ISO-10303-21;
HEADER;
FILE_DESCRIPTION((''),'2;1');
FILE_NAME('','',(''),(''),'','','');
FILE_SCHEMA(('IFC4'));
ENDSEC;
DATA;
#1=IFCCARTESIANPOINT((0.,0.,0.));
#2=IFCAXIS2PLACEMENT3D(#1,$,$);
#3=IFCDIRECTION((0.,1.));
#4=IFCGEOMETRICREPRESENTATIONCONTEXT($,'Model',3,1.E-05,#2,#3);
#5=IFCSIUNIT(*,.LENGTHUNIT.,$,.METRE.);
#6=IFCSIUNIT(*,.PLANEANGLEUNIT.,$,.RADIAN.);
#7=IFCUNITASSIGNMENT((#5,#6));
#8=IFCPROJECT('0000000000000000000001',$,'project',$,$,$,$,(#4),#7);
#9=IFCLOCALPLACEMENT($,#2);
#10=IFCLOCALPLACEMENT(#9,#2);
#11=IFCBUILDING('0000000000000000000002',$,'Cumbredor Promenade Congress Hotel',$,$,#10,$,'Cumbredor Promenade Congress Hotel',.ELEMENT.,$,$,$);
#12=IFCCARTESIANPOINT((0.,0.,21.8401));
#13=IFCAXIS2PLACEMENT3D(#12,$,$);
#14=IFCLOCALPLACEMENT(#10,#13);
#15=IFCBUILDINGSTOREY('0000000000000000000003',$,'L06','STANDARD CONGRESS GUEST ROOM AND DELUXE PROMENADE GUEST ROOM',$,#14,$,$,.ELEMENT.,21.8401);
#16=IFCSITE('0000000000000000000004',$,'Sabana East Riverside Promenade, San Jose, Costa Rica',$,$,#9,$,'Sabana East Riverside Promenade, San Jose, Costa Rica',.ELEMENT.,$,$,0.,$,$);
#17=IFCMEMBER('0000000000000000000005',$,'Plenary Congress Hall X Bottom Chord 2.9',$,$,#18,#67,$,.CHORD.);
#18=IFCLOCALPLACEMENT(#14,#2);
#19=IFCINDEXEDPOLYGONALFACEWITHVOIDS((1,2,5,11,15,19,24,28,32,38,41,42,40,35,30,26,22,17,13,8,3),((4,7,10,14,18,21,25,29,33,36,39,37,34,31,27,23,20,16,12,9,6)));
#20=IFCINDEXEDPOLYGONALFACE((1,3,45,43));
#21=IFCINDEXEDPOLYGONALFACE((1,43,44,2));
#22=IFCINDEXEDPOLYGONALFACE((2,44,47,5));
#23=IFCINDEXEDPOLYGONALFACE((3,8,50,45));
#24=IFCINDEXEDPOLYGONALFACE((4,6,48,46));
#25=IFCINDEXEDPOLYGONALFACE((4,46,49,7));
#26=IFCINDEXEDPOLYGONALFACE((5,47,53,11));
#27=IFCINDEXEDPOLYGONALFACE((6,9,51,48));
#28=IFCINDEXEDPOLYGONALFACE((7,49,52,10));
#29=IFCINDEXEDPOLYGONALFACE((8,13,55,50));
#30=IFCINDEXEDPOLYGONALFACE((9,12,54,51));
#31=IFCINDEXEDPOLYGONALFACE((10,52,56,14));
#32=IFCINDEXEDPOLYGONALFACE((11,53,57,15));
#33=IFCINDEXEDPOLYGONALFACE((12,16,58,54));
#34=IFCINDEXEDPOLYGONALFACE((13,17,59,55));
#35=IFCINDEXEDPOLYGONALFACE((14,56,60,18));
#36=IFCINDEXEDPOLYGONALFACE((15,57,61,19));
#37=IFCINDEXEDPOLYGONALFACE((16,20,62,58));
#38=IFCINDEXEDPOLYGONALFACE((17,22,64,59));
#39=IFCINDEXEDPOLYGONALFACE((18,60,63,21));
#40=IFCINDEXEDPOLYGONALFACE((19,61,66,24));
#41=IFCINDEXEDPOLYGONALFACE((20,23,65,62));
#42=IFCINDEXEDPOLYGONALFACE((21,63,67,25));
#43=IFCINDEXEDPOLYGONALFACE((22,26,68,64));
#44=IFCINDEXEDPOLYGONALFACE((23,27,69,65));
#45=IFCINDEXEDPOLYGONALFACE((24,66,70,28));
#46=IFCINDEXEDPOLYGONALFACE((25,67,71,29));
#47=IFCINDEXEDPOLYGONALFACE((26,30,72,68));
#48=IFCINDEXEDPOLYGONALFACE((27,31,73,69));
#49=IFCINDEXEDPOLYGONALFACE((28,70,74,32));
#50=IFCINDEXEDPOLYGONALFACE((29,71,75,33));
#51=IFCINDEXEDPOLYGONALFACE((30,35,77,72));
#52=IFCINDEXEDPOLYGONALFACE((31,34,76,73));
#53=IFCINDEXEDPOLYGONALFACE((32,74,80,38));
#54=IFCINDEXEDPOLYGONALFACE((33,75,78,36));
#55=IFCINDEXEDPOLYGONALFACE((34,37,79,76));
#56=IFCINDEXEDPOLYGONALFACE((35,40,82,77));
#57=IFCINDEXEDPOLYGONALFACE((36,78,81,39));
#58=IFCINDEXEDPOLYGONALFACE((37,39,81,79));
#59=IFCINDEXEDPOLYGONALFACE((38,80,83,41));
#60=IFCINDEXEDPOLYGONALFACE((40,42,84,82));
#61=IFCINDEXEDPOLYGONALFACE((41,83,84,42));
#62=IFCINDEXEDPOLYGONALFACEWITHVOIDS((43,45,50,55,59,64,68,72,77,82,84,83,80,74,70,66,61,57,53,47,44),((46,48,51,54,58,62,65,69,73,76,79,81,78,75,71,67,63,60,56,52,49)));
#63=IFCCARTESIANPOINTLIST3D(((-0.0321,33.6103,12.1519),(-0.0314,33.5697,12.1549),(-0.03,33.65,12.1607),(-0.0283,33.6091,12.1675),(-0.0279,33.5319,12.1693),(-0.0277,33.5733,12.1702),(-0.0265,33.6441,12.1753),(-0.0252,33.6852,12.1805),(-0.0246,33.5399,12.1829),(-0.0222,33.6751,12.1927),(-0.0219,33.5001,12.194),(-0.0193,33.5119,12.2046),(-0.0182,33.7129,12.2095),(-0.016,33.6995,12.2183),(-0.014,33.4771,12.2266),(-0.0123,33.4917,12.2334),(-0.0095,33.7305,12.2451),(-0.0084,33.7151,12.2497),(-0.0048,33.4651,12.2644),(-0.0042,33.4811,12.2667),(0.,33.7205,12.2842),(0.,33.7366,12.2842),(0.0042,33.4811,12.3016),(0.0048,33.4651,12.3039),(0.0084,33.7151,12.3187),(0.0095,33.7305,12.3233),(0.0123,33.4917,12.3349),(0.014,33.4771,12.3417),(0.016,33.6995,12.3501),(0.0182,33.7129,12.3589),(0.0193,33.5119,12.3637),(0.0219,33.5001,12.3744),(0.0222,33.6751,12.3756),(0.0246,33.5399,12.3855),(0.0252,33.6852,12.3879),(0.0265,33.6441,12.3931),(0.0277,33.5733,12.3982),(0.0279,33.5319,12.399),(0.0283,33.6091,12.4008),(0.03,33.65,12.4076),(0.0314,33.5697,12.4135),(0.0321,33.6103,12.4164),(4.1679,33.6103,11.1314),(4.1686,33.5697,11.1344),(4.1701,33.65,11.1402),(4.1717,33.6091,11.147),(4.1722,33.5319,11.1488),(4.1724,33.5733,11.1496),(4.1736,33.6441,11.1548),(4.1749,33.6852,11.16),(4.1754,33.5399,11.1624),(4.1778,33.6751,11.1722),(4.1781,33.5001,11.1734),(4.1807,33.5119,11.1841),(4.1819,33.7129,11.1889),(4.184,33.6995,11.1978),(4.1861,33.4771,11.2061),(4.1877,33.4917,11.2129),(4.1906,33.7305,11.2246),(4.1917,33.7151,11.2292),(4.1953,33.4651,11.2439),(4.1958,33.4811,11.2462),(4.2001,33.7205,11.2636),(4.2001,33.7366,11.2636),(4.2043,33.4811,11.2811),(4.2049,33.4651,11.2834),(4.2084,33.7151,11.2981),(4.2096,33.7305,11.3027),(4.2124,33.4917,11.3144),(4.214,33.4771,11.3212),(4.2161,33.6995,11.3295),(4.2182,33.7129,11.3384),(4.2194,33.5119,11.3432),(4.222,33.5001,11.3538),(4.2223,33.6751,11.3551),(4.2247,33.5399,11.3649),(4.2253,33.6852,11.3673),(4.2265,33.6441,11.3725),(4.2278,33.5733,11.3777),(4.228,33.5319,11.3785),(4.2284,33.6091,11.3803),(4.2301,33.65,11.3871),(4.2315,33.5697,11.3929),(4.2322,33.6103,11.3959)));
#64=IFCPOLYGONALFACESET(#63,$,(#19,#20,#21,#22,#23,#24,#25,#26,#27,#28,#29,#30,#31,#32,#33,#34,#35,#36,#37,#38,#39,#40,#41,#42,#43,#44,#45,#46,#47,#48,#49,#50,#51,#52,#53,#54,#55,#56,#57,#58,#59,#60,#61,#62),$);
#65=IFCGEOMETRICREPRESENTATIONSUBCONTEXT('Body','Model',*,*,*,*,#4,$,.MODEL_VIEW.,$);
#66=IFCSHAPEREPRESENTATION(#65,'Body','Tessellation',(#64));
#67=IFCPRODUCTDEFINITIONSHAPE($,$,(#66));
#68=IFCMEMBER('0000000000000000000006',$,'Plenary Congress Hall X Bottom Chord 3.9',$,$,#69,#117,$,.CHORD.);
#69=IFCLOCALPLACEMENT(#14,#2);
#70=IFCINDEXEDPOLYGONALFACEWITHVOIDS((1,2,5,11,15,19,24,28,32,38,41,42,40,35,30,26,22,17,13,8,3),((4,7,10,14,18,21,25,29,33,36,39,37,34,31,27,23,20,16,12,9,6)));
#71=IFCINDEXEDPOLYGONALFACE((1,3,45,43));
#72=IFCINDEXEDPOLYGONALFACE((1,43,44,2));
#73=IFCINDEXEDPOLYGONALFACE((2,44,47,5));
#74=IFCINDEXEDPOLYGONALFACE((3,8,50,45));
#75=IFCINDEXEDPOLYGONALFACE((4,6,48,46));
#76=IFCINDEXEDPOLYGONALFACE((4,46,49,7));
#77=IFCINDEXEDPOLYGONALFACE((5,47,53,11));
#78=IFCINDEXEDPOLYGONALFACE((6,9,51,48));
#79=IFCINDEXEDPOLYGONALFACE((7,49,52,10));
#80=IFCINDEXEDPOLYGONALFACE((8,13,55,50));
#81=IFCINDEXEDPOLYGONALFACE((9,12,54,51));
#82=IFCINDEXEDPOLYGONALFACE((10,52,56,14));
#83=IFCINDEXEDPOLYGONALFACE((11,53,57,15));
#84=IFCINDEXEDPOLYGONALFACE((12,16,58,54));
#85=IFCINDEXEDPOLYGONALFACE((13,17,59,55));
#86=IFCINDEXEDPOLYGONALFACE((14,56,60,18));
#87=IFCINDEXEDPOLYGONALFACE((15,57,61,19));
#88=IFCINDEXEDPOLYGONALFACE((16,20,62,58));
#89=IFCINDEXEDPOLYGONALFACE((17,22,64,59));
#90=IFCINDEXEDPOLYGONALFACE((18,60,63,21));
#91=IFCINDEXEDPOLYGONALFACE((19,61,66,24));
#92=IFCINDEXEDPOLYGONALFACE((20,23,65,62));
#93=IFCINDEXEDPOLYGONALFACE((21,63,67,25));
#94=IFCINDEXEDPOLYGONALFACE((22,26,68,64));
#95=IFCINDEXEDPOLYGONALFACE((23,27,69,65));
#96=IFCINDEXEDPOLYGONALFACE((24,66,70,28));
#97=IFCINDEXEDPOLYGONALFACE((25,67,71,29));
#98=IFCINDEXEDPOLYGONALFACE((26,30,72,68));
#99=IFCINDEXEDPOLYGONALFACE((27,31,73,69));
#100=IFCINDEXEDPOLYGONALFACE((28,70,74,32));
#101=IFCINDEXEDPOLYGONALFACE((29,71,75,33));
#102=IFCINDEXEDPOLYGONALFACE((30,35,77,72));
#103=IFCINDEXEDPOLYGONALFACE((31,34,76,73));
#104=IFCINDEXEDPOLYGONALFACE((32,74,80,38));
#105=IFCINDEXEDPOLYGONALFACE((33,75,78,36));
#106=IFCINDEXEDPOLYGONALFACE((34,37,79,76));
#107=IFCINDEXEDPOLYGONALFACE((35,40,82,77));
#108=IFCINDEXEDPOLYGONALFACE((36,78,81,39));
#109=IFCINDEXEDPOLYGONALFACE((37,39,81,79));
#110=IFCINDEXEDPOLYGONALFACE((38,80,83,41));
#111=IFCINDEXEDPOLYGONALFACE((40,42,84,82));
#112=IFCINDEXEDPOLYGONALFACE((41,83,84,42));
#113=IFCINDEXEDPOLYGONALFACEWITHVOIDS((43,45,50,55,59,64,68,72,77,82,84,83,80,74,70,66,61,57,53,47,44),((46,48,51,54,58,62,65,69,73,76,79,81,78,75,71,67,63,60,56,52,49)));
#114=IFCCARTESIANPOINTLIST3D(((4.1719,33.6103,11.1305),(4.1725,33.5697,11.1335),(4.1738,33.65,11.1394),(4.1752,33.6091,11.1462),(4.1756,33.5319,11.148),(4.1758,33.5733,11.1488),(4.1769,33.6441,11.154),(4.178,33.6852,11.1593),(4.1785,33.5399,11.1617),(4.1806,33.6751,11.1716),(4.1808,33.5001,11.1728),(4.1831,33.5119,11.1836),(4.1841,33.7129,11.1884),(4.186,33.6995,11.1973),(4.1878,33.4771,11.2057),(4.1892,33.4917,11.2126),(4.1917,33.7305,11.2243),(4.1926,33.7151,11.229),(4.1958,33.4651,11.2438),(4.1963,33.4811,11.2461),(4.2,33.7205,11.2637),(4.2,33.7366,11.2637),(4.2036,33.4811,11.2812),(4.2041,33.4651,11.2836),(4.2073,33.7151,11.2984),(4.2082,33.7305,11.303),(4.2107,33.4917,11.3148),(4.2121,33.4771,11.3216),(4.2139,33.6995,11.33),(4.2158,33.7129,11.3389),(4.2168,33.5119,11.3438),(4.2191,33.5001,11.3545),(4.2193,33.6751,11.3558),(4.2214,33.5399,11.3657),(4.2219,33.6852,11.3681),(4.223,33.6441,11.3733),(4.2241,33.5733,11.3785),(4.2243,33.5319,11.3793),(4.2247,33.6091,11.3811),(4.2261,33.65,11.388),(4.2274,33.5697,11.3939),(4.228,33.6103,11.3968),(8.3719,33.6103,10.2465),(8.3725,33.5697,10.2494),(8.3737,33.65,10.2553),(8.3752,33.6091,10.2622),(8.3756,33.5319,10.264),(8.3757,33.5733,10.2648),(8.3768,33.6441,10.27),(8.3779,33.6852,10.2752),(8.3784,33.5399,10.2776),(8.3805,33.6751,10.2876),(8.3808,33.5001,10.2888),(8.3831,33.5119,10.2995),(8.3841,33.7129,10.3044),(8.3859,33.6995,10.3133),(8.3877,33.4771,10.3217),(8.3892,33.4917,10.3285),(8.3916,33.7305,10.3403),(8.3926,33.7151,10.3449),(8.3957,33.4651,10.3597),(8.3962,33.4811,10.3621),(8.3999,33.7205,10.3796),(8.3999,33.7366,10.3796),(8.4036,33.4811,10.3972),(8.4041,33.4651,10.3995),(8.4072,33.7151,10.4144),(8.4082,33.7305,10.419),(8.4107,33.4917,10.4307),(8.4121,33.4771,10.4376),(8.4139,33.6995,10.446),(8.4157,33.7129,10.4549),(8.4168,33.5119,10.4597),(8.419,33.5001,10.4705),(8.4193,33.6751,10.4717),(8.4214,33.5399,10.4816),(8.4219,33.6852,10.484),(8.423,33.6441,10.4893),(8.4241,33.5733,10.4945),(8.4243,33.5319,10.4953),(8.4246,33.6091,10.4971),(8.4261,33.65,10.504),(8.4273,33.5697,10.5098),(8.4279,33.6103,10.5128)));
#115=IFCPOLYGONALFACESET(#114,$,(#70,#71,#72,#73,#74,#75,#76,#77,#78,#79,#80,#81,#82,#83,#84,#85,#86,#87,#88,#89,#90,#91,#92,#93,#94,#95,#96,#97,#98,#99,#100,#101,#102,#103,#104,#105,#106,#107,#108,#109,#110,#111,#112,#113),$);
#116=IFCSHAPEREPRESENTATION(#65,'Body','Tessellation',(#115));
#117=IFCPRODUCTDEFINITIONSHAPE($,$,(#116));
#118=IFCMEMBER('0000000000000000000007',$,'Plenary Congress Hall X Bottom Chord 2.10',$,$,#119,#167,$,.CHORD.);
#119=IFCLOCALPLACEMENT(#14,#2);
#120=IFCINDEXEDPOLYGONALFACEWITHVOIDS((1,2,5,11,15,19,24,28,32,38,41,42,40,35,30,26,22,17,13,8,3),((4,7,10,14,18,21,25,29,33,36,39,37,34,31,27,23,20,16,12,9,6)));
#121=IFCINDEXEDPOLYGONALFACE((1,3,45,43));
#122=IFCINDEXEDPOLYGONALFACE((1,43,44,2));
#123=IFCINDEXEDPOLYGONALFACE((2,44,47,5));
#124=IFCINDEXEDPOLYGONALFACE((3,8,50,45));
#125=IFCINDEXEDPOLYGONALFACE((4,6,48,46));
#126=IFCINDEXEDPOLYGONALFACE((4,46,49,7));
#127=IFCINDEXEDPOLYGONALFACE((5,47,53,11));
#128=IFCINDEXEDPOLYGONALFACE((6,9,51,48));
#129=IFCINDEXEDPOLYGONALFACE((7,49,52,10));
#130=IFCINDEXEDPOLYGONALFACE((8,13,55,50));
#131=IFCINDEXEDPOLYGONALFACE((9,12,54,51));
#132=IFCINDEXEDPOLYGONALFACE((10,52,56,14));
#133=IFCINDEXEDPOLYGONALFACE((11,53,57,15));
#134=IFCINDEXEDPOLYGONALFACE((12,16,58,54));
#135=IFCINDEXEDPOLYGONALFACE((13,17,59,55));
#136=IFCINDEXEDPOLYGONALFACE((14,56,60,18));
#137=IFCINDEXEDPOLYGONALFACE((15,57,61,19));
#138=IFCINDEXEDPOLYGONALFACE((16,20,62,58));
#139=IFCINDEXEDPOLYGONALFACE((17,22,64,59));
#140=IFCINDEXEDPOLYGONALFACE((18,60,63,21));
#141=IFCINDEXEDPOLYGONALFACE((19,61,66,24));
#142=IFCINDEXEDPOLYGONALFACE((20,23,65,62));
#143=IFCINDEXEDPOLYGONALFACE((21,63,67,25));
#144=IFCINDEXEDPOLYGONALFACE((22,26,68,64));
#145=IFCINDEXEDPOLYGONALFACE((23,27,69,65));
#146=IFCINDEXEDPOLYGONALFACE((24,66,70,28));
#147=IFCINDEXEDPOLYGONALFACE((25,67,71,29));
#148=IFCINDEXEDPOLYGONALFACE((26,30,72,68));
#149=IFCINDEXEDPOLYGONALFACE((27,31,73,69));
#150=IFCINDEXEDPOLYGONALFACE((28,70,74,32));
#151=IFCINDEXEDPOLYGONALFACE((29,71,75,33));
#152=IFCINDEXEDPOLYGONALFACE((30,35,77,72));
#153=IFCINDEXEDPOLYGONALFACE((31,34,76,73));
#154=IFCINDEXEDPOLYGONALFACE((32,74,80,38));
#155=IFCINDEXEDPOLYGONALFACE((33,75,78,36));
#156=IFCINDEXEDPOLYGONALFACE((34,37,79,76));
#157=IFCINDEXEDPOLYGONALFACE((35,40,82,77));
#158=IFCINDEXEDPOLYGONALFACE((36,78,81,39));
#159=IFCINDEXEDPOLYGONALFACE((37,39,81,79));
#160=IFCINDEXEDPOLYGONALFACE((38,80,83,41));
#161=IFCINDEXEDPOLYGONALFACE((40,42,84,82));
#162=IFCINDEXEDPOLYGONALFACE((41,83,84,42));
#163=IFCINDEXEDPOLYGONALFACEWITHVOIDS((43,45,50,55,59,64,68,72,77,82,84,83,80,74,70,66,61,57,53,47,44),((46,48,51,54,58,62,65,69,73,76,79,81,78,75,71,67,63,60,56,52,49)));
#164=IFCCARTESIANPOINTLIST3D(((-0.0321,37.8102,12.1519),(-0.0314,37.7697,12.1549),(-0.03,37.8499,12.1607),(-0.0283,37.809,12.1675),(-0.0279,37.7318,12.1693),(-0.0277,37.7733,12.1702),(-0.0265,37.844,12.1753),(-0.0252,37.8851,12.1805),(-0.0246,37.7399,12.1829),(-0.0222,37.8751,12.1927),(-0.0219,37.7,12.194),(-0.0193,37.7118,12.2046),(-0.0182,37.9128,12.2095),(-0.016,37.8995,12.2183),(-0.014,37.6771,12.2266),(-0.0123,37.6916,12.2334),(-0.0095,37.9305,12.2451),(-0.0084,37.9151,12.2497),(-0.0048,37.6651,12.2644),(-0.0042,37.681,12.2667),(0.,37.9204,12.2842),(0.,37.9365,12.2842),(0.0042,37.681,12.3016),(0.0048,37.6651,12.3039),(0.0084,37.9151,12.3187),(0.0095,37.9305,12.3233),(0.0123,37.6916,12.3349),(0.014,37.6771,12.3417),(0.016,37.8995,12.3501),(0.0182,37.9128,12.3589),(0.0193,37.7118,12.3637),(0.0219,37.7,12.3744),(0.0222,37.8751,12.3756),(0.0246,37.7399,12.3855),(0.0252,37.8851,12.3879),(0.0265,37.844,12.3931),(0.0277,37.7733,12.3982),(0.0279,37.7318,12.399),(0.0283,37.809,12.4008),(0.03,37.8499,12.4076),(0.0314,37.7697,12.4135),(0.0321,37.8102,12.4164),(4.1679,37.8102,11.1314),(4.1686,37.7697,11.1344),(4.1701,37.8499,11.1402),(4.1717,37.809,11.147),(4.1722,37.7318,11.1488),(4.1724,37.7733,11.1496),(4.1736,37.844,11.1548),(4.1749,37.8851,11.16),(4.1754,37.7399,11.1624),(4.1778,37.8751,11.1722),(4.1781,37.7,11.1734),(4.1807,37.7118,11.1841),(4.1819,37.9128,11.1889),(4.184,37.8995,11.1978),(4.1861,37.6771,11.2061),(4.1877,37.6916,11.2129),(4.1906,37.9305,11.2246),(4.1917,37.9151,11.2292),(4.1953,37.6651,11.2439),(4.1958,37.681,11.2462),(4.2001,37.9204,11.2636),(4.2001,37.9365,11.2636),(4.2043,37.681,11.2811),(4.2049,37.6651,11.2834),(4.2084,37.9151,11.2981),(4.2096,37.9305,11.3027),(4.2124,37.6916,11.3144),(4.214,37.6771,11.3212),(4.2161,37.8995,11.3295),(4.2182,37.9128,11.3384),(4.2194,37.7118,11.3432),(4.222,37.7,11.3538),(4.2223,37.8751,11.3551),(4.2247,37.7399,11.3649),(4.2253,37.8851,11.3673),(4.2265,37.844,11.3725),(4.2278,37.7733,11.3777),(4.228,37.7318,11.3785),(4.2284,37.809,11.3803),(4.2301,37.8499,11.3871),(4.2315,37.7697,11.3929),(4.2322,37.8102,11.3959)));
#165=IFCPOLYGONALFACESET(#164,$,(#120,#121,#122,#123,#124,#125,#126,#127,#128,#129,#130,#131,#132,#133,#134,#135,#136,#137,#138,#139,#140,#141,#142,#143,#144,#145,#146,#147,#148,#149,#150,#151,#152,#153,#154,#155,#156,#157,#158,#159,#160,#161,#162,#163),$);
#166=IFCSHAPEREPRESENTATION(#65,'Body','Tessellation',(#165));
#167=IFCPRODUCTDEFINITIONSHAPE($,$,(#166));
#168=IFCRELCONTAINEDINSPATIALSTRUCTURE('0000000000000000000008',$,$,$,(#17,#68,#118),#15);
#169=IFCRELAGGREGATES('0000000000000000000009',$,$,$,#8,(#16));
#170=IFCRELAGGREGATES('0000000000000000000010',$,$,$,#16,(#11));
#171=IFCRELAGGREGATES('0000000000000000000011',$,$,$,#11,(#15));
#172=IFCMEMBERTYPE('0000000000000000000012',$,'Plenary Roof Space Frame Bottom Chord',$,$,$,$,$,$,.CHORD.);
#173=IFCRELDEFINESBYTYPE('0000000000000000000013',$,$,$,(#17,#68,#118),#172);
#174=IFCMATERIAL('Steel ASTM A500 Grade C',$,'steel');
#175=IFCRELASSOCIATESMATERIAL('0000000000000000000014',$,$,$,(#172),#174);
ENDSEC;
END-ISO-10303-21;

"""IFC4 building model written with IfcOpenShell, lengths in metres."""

from ifc_helpers import new_model, si_unit, direction, frame, origin, origin_2d, place, context, subcontext, project, spatial, hollow_circle, extrude, material, material_profile, profile_set, type_object, element, save


model = new_model("IFC4")

# Units and contexts
model_context = context("Model", 3, precision=1e-05, world=origin(), true_north=direction((0.0, 1.0)))
body_context = subcontext(model_context, "Body", "Model", "MODEL_VIEW")
ifc_project = project(units=[si_unit("LENGTHUNIT", "METRE"), si_unit("PLANEANGLEUNIT", "RADIAN")], contexts=[model_context])

# Site, building, storey
site_placement = place(None, origin())
site = spatial("IfcSite", under=ifc_project, at=site_placement, Name="Sabana East Riverside Promenade, San Jose, Costa Rica", LongName="Sabana East Riverside Promenade, San Jose, Costa Rica", CompositionType="ELEMENT", RefElevation=0.0)
building_placement = place(site_placement, origin())
building = spatial("IfcBuilding", under=site, at=building_placement, Name="Cumbredor Promenade Congress Hotel", LongName="Cumbredor Promenade Congress Hotel", CompositionType="ELEMENT")
storey_placement = place(building_placement, frame((0.0, 0.0, 21.8401)))
storey = spatial("IfcBuildingStorey", under=building, at=storey_placement, Name="L06", Description="STANDARD CONGRESS GUEST ROOM AND DELUXE PROMENADE GUEST ROOM", CompositionType="ELEMENT", Elevation=21.8401)

# Members
ifc_material_1 = material(Name="Steel ASTM A500 Grade C", Category="steel")
ifc_material_profile_1 = material_profile(ifc_material_1, hollow_circle(Radius=0.1365, WallThickness=0.0161, at=origin_2d()), Name="CHS 273.0x16")
ifc_profile_set_1 = profile_set([ifc_material_profile_1], Name="Steel ASTM A500 Grade C")
member_type_1 = type_object("IfcMemberType", Name="Plenary Roof Space Frame Bottom Chord", PredefinedType="CHORD", material=ifc_profile_set_1)
member_1_placement = place(storey_placement, frame((0.0, 33.6001, 12.2842), z_axis=(0.971726, 0.0, -0.236111), x_axis=(0.0, 1.0, 0.0)))
element("IfcMember", 1, at=member_1_placement, inside=storey, type_object=member_type_1, Name="Plenary Congress Hall X Bottom Chord 2.9", PredefinedType="CHORD", context=body_context, shape_type="SweptSolid", body=[
    extrude(hollow_circle(Radius=0.1365, WallThickness=0.0161, at=origin_2d()), origin(), (0.0, 0.0, 1.0), 4.3223),
])
member_2_placement = place(storey_placement, frame((4.2, 33.6001, 11.2637), z_axis=(0.978558, 0.0, -0.205973), x_axis=(0.0, 1.0, 0.0)))
element("IfcMember", 2, at=member_2_placement, inside=storey, type_object=member_type_1, Name="Plenary Congress Hall X Bottom Chord 3.9", PredefinedType="CHORD", context=body_context, shape_type="SweptSolid", body=[
    extrude(hollow_circle(Radius=0.1365, WallThickness=0.0161, at=origin_2d()), origin(), (0.0, 0.0, 1.0), 4.292),
])
member_3_placement = place(storey_placement, frame((0.0, 37.8, 12.2842), z_axis=(0.971726, 0.0, -0.236111), x_axis=(0.0, 1.0, 0.0)))
element("IfcMember", 3, at=member_3_placement, inside=storey, type_object=member_type_1, Name="Plenary Congress Hall X Bottom Chord 2.10", PredefinedType="CHORD", context=body_context, shape_type="SweptSolid", body=[
    extrude(hollow_circle(Radius=0.1365, WallThickness=0.0161, at=origin_2d()), origin(), (0.0, 0.0, 1.0), 4.3223),
])

save(model, "model.ifc")
